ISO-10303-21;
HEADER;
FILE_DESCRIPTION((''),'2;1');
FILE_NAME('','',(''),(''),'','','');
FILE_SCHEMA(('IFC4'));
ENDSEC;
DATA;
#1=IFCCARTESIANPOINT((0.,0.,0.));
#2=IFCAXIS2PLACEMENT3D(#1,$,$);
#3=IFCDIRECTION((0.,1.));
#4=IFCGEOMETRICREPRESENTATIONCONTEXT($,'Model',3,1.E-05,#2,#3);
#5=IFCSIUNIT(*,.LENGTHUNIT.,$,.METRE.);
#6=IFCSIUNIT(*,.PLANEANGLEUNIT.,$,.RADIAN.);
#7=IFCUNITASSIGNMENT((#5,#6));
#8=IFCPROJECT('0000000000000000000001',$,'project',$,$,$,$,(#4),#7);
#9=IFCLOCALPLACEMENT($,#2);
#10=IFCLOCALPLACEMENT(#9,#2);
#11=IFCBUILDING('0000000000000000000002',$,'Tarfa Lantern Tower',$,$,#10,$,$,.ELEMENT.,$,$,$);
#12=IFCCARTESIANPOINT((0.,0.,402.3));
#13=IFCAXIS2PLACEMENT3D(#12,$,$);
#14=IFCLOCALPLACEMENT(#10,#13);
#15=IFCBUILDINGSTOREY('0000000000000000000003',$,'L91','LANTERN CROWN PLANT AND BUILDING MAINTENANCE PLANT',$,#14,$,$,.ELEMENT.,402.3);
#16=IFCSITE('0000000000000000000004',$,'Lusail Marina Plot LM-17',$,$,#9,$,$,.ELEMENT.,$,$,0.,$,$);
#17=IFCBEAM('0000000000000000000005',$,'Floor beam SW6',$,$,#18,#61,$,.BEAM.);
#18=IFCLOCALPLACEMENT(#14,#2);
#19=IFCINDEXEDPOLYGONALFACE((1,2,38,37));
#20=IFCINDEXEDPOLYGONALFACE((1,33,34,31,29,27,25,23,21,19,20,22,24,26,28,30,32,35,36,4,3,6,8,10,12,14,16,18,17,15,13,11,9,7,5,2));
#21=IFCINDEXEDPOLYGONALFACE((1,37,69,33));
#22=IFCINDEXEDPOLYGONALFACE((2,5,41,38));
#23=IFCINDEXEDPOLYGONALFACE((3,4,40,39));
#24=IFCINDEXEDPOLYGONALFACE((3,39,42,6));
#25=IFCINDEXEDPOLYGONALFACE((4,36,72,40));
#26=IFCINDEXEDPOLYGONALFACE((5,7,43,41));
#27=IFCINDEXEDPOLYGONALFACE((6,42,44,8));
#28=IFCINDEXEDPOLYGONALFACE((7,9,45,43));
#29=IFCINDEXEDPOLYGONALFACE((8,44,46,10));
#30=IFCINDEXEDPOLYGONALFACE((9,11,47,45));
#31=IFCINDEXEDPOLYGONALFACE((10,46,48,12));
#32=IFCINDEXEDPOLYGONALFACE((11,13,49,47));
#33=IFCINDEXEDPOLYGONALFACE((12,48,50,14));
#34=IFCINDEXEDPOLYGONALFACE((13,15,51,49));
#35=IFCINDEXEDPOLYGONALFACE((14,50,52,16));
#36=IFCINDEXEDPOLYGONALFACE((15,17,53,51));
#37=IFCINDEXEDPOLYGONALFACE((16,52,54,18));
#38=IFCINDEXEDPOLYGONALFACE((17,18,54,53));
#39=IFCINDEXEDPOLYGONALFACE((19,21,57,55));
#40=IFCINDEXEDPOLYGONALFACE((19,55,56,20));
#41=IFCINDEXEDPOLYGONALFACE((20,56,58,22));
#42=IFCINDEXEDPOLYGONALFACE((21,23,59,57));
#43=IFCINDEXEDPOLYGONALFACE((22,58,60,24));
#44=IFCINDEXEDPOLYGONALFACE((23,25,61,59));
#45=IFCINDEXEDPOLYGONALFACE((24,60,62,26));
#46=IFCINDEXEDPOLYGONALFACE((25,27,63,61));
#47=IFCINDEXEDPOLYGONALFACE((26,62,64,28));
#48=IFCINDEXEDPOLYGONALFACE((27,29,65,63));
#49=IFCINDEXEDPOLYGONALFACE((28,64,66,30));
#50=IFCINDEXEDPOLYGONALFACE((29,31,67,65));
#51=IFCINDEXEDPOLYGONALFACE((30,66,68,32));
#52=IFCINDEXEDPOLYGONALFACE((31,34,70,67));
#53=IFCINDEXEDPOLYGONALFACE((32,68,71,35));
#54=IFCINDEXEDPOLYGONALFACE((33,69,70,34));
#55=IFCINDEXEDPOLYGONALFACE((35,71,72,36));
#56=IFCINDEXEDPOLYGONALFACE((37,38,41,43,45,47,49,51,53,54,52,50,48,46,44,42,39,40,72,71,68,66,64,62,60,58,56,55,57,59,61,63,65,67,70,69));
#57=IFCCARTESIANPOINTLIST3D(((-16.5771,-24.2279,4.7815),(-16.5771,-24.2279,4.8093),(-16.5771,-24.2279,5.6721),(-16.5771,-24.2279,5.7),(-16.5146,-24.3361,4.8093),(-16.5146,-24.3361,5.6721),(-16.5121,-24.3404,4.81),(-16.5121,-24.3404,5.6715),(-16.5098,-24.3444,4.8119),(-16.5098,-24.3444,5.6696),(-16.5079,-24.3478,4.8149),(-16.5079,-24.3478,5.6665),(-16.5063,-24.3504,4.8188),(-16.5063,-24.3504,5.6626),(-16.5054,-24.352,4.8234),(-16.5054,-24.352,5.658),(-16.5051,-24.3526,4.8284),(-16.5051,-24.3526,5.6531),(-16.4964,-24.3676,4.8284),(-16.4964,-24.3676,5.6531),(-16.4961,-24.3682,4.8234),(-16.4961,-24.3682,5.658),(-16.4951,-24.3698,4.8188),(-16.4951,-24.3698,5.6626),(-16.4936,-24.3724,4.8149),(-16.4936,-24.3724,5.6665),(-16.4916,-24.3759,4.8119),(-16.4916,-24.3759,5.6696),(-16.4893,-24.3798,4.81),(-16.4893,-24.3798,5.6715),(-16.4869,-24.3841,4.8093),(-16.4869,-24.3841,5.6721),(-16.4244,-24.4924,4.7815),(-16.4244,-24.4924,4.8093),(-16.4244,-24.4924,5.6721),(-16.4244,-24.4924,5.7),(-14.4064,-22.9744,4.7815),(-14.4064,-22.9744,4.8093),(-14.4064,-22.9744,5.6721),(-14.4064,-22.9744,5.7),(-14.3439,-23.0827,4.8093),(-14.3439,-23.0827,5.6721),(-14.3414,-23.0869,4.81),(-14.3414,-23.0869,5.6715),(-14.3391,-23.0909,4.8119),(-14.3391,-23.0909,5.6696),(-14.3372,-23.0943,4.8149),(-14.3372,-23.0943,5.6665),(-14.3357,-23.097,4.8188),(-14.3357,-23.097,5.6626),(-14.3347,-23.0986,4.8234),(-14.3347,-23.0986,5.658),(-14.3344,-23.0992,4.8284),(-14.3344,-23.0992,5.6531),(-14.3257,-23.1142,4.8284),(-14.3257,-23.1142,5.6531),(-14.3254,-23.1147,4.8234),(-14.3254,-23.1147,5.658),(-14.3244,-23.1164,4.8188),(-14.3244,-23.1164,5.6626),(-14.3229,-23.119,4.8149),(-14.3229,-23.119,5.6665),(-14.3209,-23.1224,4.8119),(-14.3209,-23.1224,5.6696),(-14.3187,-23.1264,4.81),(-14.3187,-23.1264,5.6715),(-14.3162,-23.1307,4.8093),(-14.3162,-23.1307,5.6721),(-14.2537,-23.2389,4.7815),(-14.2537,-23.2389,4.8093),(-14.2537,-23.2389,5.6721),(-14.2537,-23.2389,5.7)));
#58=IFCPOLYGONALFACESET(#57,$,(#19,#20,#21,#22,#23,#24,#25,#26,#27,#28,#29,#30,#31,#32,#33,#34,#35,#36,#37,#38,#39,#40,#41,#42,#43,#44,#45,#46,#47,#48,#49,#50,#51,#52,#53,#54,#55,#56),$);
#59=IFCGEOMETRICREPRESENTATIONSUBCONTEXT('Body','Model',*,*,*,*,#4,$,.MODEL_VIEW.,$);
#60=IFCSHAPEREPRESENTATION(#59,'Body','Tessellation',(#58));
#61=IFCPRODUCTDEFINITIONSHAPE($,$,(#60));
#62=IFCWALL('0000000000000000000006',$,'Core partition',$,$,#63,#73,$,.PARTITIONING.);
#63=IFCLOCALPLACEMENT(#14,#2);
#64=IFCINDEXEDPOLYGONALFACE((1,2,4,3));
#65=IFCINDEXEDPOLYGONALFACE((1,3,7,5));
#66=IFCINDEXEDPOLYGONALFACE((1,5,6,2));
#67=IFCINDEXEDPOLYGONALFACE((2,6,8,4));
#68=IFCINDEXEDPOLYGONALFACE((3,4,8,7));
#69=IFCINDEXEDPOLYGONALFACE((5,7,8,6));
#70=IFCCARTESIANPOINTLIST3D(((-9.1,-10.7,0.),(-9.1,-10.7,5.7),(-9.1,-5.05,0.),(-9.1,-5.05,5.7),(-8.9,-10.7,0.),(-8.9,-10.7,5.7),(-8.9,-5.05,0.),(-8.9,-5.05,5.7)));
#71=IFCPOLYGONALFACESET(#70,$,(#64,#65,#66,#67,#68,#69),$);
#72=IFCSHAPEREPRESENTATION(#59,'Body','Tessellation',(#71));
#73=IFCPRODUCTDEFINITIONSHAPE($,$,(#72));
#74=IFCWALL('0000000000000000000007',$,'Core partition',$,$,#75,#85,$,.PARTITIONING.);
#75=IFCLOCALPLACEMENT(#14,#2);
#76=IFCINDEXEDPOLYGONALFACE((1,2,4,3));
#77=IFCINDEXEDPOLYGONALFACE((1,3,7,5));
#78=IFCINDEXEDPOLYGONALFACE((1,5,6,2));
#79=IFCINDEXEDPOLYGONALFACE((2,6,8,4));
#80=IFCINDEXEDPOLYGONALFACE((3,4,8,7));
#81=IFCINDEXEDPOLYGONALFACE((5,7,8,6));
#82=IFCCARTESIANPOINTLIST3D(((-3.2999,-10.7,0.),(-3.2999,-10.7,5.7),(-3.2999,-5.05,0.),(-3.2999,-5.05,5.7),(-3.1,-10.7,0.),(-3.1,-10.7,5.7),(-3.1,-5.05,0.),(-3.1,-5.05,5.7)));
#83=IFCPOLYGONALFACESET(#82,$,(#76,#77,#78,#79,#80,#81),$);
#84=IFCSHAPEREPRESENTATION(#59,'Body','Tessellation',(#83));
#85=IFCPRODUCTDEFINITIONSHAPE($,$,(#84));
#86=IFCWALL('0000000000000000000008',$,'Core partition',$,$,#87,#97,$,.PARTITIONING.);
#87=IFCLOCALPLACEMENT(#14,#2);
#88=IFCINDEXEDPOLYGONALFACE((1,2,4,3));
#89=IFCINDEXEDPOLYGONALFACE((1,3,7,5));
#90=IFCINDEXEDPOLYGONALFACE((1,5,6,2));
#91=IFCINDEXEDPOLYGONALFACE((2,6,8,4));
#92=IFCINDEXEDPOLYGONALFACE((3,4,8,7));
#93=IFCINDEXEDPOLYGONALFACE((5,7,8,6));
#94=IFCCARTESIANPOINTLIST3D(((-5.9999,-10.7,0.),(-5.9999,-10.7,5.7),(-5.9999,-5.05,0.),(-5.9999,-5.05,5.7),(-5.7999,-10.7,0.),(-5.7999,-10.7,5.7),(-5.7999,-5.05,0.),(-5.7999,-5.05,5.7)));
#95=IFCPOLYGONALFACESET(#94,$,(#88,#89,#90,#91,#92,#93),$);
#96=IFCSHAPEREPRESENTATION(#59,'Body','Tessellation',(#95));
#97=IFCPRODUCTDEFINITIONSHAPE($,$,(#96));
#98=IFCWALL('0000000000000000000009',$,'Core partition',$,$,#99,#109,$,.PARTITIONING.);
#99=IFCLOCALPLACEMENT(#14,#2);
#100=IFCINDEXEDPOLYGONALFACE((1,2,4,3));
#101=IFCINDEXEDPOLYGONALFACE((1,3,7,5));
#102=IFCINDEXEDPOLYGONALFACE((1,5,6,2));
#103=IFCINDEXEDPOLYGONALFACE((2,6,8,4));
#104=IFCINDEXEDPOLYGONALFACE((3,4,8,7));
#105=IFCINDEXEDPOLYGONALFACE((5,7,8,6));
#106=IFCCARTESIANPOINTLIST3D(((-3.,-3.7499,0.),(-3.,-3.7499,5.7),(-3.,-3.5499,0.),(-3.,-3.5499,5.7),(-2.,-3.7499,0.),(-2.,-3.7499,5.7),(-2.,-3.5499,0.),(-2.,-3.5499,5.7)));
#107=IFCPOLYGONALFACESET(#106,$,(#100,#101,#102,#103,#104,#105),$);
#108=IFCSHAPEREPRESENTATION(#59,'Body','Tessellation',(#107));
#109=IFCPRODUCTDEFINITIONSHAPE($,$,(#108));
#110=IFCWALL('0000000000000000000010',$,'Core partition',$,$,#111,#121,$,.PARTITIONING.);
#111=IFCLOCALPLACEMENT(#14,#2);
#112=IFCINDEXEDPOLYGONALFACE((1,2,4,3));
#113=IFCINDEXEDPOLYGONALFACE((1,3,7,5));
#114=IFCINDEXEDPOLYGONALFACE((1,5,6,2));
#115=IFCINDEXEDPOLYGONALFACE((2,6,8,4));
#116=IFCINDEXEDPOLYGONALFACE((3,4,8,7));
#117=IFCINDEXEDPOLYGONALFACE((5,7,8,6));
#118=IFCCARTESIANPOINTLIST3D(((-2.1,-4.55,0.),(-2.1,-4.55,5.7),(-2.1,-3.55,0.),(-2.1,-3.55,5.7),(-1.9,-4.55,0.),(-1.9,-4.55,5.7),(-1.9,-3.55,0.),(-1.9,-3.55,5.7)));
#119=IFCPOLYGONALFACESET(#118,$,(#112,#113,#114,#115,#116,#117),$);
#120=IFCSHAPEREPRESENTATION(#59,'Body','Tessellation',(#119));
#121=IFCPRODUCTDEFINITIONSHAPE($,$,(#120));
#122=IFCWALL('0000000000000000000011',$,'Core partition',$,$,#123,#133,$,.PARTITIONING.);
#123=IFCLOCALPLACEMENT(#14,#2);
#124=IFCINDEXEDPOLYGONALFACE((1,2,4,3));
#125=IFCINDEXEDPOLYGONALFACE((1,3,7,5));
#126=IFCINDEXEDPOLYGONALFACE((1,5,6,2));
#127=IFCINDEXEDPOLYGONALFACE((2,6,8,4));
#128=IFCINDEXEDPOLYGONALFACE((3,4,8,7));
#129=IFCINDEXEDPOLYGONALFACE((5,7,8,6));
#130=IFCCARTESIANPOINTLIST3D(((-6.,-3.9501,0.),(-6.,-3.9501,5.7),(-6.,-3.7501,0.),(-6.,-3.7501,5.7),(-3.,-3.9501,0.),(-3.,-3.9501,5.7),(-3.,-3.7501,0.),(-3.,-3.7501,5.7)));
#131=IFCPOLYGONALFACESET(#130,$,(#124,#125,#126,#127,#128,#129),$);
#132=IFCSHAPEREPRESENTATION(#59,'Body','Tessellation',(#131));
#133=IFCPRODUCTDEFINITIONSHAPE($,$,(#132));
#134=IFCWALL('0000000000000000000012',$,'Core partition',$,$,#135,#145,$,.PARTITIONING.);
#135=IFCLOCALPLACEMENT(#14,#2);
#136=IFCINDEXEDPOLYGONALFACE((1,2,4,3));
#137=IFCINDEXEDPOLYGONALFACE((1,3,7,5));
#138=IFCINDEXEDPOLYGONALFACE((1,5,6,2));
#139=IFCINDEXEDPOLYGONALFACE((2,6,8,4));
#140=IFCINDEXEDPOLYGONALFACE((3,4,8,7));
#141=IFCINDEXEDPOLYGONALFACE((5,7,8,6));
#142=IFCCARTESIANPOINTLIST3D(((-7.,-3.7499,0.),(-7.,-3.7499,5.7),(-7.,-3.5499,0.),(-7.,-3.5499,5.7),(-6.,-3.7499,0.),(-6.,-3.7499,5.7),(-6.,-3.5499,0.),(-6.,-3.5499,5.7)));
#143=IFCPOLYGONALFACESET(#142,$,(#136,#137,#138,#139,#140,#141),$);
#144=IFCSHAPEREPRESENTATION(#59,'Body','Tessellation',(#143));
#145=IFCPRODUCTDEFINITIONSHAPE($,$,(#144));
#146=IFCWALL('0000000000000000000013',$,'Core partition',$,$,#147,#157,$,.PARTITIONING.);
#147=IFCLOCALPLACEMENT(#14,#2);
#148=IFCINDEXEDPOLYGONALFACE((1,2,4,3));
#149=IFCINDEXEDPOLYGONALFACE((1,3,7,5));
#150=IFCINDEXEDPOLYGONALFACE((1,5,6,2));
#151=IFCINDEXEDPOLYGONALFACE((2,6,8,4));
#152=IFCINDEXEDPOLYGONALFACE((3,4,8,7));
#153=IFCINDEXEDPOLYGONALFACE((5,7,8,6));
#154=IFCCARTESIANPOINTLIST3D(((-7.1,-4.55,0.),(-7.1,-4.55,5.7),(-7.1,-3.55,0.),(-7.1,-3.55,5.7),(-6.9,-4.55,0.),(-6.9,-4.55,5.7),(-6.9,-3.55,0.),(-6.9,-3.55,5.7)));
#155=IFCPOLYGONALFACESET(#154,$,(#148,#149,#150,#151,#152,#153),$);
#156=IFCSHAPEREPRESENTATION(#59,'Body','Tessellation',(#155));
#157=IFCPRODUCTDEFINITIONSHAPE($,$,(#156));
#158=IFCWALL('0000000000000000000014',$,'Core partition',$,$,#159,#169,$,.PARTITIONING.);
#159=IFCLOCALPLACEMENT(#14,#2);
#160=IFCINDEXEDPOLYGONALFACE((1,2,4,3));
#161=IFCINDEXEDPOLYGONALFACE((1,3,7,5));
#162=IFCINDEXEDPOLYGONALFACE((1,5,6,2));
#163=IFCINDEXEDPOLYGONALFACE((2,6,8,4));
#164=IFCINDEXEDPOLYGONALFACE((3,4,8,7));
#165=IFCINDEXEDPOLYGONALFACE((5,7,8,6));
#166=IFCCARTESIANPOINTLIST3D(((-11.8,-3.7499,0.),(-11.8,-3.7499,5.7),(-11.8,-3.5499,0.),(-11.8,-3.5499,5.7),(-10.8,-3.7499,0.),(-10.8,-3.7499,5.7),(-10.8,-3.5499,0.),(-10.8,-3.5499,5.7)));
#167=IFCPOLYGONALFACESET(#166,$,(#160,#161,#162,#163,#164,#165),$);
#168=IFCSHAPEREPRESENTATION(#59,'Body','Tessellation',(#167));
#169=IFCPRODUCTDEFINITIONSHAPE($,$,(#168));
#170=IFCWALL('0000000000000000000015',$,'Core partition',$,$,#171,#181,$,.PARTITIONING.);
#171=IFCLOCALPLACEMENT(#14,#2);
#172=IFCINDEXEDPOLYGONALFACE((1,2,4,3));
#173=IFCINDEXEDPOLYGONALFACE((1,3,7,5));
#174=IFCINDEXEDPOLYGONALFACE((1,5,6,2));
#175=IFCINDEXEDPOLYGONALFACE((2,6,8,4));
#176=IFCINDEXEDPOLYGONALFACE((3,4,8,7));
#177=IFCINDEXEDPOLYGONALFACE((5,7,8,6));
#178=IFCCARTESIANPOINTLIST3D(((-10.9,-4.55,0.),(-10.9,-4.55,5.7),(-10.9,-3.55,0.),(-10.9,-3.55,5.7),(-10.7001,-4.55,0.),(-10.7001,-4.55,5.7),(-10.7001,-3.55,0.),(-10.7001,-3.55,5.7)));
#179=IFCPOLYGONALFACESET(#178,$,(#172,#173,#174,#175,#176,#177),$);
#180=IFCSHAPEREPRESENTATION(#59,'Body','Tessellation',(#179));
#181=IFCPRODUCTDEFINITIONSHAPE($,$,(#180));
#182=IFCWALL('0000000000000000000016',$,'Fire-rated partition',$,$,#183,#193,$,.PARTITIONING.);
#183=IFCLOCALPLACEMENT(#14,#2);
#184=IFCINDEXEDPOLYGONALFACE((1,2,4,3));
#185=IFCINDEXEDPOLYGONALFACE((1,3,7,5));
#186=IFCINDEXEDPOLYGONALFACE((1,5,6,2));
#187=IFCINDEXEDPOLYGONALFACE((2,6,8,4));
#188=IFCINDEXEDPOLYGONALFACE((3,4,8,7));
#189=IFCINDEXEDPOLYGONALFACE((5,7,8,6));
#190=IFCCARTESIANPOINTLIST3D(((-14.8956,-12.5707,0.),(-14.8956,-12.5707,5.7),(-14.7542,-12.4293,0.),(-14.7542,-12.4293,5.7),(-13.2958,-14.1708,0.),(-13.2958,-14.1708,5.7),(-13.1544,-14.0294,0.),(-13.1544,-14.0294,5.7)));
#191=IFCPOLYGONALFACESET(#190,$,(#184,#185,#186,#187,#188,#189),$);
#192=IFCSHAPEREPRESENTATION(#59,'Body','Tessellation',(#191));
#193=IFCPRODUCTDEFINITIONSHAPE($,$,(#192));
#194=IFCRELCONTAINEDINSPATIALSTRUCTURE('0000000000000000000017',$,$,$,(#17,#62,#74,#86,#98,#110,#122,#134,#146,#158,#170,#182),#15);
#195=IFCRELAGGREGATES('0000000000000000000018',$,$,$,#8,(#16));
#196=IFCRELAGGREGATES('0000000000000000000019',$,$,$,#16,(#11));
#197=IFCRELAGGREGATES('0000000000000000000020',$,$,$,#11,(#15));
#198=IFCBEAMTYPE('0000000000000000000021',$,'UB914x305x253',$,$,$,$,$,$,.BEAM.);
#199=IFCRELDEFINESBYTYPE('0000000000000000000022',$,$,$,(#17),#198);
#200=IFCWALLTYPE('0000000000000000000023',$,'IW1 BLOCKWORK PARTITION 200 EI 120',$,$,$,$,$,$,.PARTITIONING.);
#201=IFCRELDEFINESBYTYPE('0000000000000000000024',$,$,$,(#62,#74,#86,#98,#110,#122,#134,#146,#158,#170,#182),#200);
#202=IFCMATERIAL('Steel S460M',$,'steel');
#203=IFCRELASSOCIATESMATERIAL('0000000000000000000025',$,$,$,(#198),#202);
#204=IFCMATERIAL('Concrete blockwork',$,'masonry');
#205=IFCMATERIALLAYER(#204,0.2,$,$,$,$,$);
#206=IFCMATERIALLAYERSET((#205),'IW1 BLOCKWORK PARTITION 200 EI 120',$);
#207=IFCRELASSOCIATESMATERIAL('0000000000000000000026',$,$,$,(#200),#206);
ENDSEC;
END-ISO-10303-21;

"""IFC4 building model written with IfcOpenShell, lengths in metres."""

from ifc_helpers import new_model, si_unit, direction, frame, frame_2d, origin, origin_2d, place, context, subcontext, project, spatial, rectangle, i_section, extrude, material, layer, layer_set, material_profile, profile_set, type_object, element, save


model = new_model("IFC4")

# Units and contexts
model_context = context("Model", 3, precision=1e-05, world=origin(), true_north=direction((0.0, 1.0)))
body_context = subcontext(model_context, "Body", "Model", "MODEL_VIEW")
ifc_project = project(units=[si_unit("LENGTHUNIT", "METRE"), si_unit("PLANEANGLEUNIT", "RADIAN")], contexts=[model_context])

# Site, building, storey
site_placement = place(None, origin())
site = spatial("IfcSite", under=ifc_project, at=site_placement, Name="Lusail Marina Plot LM-17", CompositionType="ELEMENT", RefElevation=0.0)
building_placement = place(site_placement, origin())
building = spatial("IfcBuilding", under=site, at=building_placement, Name="Tarfa Lantern Tower", CompositionType="ELEMENT")
storey_placement = place(building_placement, frame((0.0, 0.0, 402.3)))
storey = spatial("IfcBuildingStorey", under=building, at=storey_placement, Name="L91", Description="LANTERN CROWN PLANT AND BUILDING MAINTENANCE PLANT", CompositionType="ELEMENT", Elevation=402.3)

# Beam
ifc_material_1 = material(Name="Steel S460M", Category="steel")
ifc_material_profile_1 = material_profile(ifc_material_1, i_section(OverallWidth=0.3054, OverallDepth=0.9185, WebThickness=0.0173, FlangeThickness=0.0278, FilletRadius=0.019, at=origin_2d()), Name="UB914x305x253")
ifc_profile_set_1 = profile_set([ifc_material_profile_1], Name="Steel S460M")
beam_type_1 = type_object("IfcBeamType", Name="UB914x305x253", PredefinedType="BEAM", material=ifc_profile_set_1)
beam_1_placement = place(storey_placement, frame((-16.5007, -24.3601, 5.2407), z_axis=(0.865993, 0.500057, 0.0), x_axis=(-0.500057, 0.865993, 0.0)))
element("IfcBeam", 1, at=beam_1_placement, inside=storey, type_object=beam_type_1, Name="Floor beam SW6", PredefinedType="BEAM", context=body_context, shape_type="SweptSolid", body=[
    extrude(i_section(OverallWidth=0.3054, OverallDepth=0.9185, WebThickness=0.0173, FlangeThickness=0.0278, FilletRadius=0.019, at=origin_2d()), origin(), (0.0, 0.0, 1.0), 2.5066),
])

# Walls
ifc_material_2 = material(Name="Concrete blockwork", Category="masonry")
ifc_layer_1 = layer(ifc_material_2, 0.2)
ifc_layer_set_1 = layer_set([ifc_layer_1], Name="IW1 BLOCKWORK PARTITION 200 EI 120")
wall_type_1 = type_object("IfcWallType", Name="IW1 BLOCKWORK PARTITION 200 EI 120", PredefinedType="PARTITIONING", material=ifc_layer_set_1)
for number, where, z_axis, x_axis, name in (
    (2, (-9.0, -5.05, 0.0), (0.0, 0.0, 1.0), (0.0, -1.0, 0.0), "Core partition"),
    (3, (-3.2, -5.05, 0.0), (0.0, 0.0, 1.0), (0.0, -1.0, 0.0), "Core partition"),
    (4, (-5.8999, -5.05, 0.0), (0.0, 0.0, 1.0), (0.0, -1.0, 0.0), "Core partition"),
):
    element("IfcWall", number, at=place(storey_placement, frame(where, z_axis=z_axis, x_axis=x_axis)), inside=storey, type_object=wall_type_1, Name=name, PredefinedType="PARTITIONING", context=body_context, shape_type="SweptSolid", body=[
        extrude(rectangle(XDim=5.6499, YDim=0.2, at=frame_2d((2.825, 0.0))), origin(), (0.0, 0.0, 1.0), 5.7),
    ])
for number, where, z_axis, x_axis, name in (
    (5, (-2.0, -3.6499, 0.0), (0.0, 0.0, 1.0), (-1.0, 0.0, 0.0), "Core partition"),
    (6, (-2.0, -3.55, 0.0), (0.0, 0.0, 1.0), (0.0, -1.0, 0.0), "Core partition"),
):
    element("IfcWall", number, at=place(storey_placement, frame(where, z_axis=z_axis, x_axis=x_axis)), inside=storey, type_object=wall_type_1, Name=name, PredefinedType="PARTITIONING", context=body_context, shape_type="SweptSolid", body=[
        extrude(rectangle(XDim=1.0, YDim=0.2, at=frame_2d((0.5, 0.0))), origin(), (0.0, 0.0, 1.0), 5.7),
    ])
wall_1_placement = place(storey_placement, frame((-3.0, -3.8501, 0.0), z_axis=(0.0, 0.0, 1.0), x_axis=(-1.0, 0.0, 0.0)))
element("IfcWall", 7, at=wall_1_placement, inside=storey, type_object=wall_type_1, Name="Core partition", PredefinedType="PARTITIONING", context=body_context, shape_type="SweptSolid", body=[
    extrude(rectangle(XDim=3.0, YDim=0.2, at=frame_2d((1.5, 0.0))), origin(), (0.0, 0.0, 1.0), 5.7),
])
for number, where, z_axis, x_axis, name in (
    (8, (-6.0, -3.6499, 0.0), (0.0, 0.0, 1.0), (-1.0, 0.0, 0.0), "Core partition"),
    (9, (-7.0, -3.55, 0.0), (0.0, 0.0, 1.0), (0.0, -1.0, 0.0), "Core partition"),
    (10, (-10.8, -3.6499, 0.0), (0.0, 0.0, 1.0), (-1.0, 0.0, 0.0), "Core partition"),
    (11, (-10.8, -3.55, 0.0), (0.0, 0.0, 1.0), (0.0, -1.0, 0.0), "Core partition"),
):
    element("IfcWall", number, at=place(storey_placement, frame(where, z_axis=z_axis, x_axis=x_axis)), inside=storey, type_object=wall_type_1, Name=name, PredefinedType="PARTITIONING", context=body_context, shape_type="SweptSolid", body=[
        extrude(rectangle(XDim=1.0, YDim=0.2, at=frame_2d((0.5, 0.0))), origin(), (0.0, 0.0, 1.0), 5.7),
    ])
wall_2_placement = place(storey_placement, frame((-13.2251, -14.1001, 0.0), z_axis=(0.0, 0.0, 1.0), x_axis=(-0.707053, 0.707161, 0.0)))
element("IfcWall", 12, at=wall_2_placement, inside=storey, type_object=wall_type_1, Name="Fire-rated partition", PredefinedType="PARTITIONING", context=body_context, shape_type="SweptSolid", body=[
    extrude(rectangle(XDim=2.2627, YDim=0.2, at=frame_2d((1.1313, 0.0))), origin(), (0.0, 0.0, 1.0), 5.7),
])

save(model, "model.ifc")
